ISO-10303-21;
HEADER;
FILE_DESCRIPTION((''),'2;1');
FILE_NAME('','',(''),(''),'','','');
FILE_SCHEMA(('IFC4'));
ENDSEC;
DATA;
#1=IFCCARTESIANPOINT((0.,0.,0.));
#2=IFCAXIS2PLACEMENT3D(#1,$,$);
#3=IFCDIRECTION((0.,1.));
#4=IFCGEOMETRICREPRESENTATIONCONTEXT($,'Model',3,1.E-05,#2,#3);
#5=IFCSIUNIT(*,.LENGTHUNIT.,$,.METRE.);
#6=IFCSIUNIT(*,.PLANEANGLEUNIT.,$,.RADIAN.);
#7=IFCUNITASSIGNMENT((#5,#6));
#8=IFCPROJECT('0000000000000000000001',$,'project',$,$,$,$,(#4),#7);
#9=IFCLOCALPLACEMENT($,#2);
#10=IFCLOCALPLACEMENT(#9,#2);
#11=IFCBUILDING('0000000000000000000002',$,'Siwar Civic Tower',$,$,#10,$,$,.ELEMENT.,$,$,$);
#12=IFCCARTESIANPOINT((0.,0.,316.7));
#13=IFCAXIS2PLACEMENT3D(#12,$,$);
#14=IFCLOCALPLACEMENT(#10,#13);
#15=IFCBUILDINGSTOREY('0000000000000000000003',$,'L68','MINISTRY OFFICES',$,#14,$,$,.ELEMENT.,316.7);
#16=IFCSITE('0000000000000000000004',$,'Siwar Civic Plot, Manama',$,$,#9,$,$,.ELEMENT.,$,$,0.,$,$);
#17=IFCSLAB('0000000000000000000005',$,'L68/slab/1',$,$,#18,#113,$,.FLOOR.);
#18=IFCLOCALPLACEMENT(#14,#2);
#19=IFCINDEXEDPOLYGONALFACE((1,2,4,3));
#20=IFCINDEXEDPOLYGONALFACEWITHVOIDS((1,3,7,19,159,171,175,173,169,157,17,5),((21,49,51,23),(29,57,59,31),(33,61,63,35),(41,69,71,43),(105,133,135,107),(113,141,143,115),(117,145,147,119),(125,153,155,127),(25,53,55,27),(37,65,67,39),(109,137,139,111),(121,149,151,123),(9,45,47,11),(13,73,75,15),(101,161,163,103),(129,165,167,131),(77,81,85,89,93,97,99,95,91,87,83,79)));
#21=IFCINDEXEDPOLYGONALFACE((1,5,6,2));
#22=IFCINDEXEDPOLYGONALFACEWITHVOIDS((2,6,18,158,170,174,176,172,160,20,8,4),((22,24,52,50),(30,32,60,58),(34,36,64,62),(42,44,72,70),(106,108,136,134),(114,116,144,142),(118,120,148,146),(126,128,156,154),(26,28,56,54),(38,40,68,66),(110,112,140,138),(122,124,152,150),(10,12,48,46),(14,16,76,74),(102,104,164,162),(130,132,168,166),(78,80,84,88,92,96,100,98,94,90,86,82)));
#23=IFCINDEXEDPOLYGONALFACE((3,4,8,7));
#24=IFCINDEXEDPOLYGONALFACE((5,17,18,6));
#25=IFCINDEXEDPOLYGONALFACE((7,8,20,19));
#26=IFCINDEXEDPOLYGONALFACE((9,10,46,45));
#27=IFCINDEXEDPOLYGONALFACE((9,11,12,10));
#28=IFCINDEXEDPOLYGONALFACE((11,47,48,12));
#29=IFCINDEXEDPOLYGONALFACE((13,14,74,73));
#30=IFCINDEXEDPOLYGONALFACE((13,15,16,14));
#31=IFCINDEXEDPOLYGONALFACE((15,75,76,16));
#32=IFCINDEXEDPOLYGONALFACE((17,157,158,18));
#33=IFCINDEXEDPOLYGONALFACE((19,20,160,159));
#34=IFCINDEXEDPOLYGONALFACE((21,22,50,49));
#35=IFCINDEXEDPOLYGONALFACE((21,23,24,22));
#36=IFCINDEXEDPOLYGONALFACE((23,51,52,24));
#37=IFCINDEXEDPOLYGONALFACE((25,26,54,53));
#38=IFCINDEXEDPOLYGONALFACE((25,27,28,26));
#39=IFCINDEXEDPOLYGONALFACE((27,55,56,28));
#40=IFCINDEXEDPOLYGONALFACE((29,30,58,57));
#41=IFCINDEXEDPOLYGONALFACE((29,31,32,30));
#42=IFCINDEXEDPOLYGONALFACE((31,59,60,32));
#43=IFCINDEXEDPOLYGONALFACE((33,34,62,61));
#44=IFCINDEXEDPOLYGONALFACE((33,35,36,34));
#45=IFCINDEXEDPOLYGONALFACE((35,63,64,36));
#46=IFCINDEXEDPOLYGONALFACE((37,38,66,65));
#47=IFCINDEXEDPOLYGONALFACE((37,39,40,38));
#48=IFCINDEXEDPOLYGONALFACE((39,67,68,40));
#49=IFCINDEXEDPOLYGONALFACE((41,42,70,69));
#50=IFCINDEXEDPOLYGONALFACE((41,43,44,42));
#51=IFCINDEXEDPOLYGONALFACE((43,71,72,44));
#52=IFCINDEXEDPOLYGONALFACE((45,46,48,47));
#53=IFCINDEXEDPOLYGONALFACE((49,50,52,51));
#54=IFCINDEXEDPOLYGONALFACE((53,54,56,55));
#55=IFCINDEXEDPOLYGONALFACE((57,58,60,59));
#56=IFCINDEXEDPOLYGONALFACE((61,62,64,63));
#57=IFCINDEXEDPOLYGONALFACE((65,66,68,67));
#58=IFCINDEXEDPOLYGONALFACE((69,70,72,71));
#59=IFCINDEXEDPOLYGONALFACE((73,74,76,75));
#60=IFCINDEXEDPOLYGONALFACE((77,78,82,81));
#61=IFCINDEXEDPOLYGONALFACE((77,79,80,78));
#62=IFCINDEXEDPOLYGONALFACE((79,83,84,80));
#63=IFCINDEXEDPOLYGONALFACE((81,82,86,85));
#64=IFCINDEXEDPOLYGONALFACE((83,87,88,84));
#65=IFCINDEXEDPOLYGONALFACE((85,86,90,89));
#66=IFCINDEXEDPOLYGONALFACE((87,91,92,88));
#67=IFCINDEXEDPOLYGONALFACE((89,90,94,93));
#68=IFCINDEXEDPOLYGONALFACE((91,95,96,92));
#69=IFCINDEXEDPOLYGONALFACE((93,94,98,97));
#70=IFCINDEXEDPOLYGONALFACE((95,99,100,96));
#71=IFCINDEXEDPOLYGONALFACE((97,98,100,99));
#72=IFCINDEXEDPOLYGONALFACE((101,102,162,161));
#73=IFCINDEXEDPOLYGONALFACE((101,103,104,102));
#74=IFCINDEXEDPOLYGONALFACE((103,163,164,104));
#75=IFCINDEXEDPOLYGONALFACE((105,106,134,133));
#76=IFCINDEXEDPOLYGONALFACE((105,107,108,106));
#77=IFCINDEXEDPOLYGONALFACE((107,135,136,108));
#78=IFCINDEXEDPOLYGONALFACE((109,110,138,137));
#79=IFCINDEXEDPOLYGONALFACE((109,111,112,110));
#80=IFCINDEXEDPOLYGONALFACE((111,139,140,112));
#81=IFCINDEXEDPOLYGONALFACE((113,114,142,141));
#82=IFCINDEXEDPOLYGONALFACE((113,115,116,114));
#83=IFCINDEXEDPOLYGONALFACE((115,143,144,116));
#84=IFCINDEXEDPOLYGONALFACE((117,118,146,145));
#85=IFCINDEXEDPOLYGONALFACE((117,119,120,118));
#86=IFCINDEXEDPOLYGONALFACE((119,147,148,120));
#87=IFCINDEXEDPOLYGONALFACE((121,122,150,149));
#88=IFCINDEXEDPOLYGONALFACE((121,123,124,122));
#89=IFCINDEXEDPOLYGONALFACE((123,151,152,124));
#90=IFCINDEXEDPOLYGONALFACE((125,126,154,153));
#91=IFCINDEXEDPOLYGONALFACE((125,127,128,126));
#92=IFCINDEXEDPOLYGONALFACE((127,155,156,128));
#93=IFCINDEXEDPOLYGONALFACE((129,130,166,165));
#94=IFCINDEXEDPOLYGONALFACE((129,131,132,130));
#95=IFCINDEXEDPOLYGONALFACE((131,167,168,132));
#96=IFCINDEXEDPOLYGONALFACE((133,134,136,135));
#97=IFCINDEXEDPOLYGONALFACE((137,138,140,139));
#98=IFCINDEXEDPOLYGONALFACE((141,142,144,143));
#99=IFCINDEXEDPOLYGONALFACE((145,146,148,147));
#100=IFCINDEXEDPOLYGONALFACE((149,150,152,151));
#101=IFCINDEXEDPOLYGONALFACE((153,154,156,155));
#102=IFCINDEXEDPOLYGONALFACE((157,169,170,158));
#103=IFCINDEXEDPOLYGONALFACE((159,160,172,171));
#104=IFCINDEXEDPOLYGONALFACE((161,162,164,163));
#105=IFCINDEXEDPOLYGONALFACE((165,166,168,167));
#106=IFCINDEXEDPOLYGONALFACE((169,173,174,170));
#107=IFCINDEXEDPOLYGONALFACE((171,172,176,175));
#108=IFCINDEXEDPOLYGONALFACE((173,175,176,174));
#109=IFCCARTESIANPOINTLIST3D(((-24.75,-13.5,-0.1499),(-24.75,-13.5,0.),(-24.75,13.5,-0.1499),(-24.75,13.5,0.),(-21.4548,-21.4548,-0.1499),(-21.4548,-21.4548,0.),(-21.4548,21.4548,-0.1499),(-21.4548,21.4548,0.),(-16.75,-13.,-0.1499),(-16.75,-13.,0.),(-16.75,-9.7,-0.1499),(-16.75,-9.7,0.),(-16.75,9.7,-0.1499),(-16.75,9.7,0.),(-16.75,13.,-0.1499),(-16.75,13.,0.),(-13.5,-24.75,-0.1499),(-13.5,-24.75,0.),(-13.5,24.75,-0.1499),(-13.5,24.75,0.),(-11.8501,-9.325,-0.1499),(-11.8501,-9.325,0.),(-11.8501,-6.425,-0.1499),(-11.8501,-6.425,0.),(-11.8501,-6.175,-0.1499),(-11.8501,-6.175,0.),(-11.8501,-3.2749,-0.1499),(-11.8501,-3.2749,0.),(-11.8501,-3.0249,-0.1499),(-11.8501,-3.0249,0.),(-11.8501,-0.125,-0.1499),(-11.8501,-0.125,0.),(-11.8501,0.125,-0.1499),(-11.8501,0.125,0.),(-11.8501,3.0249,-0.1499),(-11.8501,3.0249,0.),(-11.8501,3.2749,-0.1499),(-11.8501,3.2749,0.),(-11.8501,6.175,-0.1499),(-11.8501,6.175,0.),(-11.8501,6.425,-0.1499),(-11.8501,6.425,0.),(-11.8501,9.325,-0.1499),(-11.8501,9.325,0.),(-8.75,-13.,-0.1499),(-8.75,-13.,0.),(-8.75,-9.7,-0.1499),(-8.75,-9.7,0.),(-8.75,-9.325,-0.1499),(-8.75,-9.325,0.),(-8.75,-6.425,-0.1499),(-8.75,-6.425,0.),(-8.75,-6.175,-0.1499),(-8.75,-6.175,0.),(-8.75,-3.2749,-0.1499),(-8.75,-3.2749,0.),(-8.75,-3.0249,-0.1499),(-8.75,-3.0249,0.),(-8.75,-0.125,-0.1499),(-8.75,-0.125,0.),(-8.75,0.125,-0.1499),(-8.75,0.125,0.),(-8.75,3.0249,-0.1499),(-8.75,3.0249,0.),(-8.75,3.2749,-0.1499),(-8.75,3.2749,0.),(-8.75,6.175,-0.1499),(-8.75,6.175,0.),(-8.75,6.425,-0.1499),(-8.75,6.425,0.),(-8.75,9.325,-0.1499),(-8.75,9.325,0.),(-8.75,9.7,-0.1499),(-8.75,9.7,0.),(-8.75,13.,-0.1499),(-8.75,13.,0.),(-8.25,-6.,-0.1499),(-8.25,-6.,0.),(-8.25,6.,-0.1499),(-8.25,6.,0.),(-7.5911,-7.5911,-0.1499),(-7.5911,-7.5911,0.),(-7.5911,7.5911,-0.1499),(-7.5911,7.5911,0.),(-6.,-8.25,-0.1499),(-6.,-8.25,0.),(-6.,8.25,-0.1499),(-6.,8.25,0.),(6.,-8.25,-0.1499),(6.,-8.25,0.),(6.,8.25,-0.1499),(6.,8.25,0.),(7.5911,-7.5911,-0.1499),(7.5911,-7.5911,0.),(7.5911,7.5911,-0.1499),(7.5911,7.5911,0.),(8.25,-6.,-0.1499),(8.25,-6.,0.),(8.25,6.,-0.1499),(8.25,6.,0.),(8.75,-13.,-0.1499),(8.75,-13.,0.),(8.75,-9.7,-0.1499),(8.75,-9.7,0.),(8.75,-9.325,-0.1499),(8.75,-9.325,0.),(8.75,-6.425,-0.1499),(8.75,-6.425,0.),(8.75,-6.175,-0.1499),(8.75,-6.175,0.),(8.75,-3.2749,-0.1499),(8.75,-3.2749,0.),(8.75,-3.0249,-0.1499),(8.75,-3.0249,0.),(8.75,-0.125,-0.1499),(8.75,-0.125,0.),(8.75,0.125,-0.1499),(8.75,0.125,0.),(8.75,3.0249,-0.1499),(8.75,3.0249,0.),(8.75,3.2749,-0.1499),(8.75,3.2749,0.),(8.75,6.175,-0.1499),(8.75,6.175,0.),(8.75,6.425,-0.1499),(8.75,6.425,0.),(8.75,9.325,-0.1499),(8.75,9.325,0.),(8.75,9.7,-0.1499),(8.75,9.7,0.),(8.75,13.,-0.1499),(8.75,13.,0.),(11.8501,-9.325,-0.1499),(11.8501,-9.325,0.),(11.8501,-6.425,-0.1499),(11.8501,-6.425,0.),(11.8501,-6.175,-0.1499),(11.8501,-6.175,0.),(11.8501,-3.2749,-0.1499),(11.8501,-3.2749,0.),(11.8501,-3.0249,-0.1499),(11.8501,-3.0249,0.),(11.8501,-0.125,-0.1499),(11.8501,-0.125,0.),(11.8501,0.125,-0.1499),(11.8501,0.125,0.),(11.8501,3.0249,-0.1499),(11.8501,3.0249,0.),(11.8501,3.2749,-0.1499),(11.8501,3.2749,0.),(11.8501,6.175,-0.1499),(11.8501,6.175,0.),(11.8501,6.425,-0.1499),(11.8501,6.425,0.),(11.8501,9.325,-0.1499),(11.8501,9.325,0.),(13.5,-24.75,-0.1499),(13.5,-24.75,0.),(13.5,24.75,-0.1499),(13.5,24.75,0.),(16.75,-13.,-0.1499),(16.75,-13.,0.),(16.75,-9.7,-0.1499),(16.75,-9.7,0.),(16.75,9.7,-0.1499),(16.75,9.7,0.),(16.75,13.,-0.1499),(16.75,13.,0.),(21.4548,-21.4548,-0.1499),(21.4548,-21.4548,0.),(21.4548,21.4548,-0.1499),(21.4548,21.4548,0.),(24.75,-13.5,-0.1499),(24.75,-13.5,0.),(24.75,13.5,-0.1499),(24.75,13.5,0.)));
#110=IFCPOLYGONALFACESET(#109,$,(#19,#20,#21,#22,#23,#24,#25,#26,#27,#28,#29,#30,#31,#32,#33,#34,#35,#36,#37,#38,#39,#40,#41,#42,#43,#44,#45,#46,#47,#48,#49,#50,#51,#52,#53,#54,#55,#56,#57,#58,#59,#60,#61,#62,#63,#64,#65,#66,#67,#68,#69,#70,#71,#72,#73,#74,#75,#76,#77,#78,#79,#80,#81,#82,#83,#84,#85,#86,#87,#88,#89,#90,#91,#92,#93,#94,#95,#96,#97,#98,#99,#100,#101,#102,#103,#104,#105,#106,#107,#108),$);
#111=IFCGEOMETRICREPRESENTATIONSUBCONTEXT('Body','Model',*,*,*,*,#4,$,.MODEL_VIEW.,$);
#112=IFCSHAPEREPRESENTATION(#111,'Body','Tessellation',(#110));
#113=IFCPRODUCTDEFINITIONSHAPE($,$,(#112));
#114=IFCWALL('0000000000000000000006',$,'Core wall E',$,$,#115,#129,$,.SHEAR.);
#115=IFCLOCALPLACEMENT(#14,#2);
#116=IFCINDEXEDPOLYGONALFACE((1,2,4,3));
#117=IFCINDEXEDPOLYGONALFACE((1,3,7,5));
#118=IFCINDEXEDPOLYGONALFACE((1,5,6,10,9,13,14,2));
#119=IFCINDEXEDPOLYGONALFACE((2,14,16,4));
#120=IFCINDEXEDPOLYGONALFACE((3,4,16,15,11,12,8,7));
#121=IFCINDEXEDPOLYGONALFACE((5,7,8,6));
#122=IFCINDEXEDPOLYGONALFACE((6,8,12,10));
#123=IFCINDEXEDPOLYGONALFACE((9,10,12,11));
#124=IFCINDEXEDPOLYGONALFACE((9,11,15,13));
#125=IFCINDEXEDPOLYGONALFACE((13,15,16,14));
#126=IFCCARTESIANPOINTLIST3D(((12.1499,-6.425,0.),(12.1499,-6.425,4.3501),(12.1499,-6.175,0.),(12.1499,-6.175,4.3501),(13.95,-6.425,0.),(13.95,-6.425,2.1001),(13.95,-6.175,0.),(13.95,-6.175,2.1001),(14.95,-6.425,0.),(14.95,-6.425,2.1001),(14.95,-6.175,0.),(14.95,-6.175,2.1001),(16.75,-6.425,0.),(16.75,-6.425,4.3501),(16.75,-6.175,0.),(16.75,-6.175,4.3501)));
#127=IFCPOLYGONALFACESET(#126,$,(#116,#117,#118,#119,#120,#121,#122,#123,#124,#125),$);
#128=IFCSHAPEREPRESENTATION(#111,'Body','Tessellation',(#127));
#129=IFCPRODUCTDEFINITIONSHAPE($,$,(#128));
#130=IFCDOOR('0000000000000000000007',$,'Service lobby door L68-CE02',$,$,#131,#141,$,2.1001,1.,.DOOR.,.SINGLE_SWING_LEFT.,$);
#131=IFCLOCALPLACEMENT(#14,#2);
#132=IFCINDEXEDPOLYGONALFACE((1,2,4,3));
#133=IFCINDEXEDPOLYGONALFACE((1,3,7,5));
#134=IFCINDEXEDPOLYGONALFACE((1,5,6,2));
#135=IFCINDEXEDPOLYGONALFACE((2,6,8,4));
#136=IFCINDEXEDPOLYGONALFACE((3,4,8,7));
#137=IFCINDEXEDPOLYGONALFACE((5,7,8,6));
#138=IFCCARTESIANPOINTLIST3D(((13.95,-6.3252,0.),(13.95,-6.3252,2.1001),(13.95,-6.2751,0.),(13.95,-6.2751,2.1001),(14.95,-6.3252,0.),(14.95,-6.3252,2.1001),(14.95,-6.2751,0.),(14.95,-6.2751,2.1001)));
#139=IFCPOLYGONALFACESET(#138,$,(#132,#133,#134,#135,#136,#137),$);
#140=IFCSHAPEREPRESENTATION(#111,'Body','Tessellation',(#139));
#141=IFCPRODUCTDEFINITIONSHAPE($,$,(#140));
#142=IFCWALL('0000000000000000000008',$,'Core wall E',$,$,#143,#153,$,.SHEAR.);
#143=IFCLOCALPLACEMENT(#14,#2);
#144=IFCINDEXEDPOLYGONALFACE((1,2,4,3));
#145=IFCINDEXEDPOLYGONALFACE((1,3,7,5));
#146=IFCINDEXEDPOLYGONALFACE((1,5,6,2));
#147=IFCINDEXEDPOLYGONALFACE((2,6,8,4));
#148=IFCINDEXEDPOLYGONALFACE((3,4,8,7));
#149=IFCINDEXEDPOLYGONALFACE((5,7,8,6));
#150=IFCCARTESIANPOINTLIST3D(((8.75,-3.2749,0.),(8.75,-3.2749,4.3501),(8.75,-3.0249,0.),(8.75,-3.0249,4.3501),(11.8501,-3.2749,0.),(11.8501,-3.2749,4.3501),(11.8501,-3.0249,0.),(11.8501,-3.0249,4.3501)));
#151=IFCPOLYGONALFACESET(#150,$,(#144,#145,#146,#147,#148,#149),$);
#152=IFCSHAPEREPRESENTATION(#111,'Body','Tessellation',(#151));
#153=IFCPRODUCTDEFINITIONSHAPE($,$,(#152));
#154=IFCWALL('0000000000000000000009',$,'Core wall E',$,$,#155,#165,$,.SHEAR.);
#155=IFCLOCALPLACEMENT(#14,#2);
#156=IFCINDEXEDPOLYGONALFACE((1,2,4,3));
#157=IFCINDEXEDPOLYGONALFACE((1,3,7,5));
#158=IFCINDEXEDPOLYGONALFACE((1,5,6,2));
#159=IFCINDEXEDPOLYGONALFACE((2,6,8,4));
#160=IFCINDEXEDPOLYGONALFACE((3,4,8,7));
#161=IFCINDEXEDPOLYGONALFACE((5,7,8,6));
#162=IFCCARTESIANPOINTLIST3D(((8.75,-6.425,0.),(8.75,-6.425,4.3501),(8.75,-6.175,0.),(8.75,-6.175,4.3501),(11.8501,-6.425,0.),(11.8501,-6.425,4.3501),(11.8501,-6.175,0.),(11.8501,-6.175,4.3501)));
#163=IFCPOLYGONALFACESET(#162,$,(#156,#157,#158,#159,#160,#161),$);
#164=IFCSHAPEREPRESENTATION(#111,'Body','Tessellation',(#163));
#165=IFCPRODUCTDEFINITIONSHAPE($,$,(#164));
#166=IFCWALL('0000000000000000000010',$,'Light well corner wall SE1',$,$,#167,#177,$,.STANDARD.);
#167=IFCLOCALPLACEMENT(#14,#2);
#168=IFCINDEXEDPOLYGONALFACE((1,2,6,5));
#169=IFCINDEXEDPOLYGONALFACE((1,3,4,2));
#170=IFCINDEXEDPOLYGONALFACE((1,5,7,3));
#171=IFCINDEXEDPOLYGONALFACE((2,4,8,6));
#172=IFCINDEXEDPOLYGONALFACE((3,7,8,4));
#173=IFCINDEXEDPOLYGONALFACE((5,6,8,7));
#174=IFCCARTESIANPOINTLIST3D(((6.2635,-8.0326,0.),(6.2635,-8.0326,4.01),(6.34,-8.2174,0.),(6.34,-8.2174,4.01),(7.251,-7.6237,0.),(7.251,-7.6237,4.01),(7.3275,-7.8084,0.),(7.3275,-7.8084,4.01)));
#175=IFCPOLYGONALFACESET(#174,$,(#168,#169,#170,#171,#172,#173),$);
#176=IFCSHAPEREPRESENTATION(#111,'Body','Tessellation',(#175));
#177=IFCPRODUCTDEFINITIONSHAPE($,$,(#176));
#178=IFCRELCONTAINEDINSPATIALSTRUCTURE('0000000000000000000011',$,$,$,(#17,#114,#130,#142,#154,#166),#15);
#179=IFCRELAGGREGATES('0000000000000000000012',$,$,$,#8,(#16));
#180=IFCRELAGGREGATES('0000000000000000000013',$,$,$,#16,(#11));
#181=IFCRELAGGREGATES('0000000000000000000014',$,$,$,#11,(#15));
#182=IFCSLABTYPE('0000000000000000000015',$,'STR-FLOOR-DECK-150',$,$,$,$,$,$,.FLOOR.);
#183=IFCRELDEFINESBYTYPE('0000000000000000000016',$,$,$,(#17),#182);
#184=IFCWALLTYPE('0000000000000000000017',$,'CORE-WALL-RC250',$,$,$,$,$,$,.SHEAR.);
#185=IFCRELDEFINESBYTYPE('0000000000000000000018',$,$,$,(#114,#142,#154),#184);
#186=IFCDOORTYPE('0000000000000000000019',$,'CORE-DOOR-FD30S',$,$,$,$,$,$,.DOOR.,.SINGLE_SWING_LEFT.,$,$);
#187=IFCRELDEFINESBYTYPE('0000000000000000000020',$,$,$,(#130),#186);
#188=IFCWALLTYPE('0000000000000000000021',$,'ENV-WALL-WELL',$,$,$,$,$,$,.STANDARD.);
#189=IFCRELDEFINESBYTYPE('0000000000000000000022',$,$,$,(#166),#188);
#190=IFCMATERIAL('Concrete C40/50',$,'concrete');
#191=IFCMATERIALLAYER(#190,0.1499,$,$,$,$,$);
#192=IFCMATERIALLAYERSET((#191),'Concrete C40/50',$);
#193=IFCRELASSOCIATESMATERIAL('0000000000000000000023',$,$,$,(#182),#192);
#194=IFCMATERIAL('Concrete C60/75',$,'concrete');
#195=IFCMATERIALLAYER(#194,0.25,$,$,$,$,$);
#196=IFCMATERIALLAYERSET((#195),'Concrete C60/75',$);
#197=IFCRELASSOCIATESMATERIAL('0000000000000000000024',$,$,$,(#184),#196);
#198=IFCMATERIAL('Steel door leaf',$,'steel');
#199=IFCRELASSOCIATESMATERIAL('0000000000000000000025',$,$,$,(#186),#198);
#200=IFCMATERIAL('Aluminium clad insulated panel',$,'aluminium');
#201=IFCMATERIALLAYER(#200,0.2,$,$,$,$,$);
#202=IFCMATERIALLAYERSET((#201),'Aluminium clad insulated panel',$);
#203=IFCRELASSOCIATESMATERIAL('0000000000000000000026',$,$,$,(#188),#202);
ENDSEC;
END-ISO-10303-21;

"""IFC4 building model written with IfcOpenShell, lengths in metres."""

from ifc_helpers import new_model, si_unit, direction, frame, frame_2d, origin, place, context, subcontext, project, spatial, polyline, rectangle, outline, extrude, material, layer, layer_set, type_object, element, fill, save


model = new_model("IFC4")

# Units and contexts
model_context = context("Model", 3, precision=1e-05, world=origin(), true_north=direction((0.0, 1.0)))
body_context = subcontext(model_context, "Body", "Model", "MODEL_VIEW")
ifc_project = project(units=[si_unit("LENGTHUNIT", "METRE"), si_unit("PLANEANGLEUNIT", "RADIAN")], contexts=[model_context])

# Site, building, storey
site_placement = place(None, origin())
site = spatial("IfcSite", under=ifc_project, at=site_placement, Name="Siwar Civic Plot, Manama", CompositionType="ELEMENT", RefElevation=0.0)
building_placement = place(site_placement, origin())
building = spatial("IfcBuilding", under=site, at=building_placement, Name="Siwar Civic Tower", CompositionType="ELEMENT")
storey_placement = place(building_placement, frame((0.0, 0.0, 316.7)))
storey = spatial("IfcBuildingStorey", under=building, at=storey_placement, Name="L68", Description="MINISTRY OFFICES", CompositionType="ELEMENT", Elevation=316.7)

# Slab
ifc_material_1 = material(Name="Concrete C40/50", Category="concrete")
ifc_layer_1 = layer(ifc_material_1, 0.1499)
ifc_layer_set_1 = layer_set([ifc_layer_1], Name="Concrete C40/50")
slab_type_1 = type_object("IfcSlabType", Name="STR-FLOOR-DECK-150", PredefinedType="FLOOR", material=ifc_layer_set_1)
slab_1_placement = place(storey_placement, frame((0.0, 0.0, -0.1499)))
element("IfcSlab", 1, at=slab_1_placement, inside=storey, type_object=slab_type_1, Name="L68/slab/1", PredefinedType="FLOOR", context=body_context, shape_type="SweptSolid", body=[
    extrude(outline(polyline([(-13.5, -24.75), (13.5, -24.75), (21.4548, -21.4548), (24.75, -13.5), (24.75, 13.5), (21.4548, 21.4548), (13.5, 24.75), (-13.5, 24.75), (-21.4548, 21.4548), (-24.75, 13.5), (-24.75, -13.5), (-21.4548, -21.4548), (-13.5, -24.75)]), holes=[polyline([(16.75, 13.0), (16.75, 9.7), (8.75, 9.7), (8.75, 13.0), (16.75, 13.0)]), polyline([(8.75, -9.7), (16.75, -9.7), (16.75, -13.0), (8.75, -13.0), (8.75, -9.7)]), polyline([(11.8501, 9.325), (11.8501, 6.425), (8.75, 6.425), (8.75, 9.325), (11.8501, 9.325)]), polyline([(8.75, 6.175), (11.8501, 6.175), (11.8501, 3.2749), (8.75, 3.2749), (8.75, 6.175)]), polyline([(8.75, 3.0249), (11.8501, 3.0249), (11.8501, 0.125), (8.75, 0.125), (8.75, 3.0249)]), polyline([(8.75, -0.125), (11.8501, -0.125), (11.8501, -3.0249), (8.75, -3.0249), (8.75, -0.125)]), polyline([(8.75, -3.2749), (11.8501, -3.2749), (11.8501, -6.175), (8.75, -6.175), (8.75, -3.2749)]), polyline([(8.75, -6.425), (11.8501, -6.425), (11.8501, -9.325), (8.75, -9.325), (8.75, -6.425)]), polyline([(-6.0, 8.25), (6.0, 8.25), (7.5911, 7.5911), (8.25, 6.0), (8.25, -6.0), (7.5911, -7.5911), (6.0, -8.25), (-6.0, -8.25), (-7.5911, -7.5911), (-8.25, -6.0), (-8.25, 6.0), (-7.5911, 7.5911), (-6.0, 8.25)]), polyline([(-8.75, -13.0), (-16.75, -13.0), (-16.75, -9.7), (-8.75, -9.7), (-8.75, -13.0)]), polyline([(-8.75, 9.7), (-16.75, 9.7), (-16.75, 13.0), (-8.75, 13.0), (-8.75, 9.7)]), polyline([(-8.75, 6.425), (-11.8501, 6.425), (-11.8501, 9.325), (-8.75, 9.325), (-8.75, 6.425)]), polyline([(-8.75, 3.2749), (-11.8501, 3.2749), (-11.8501, 6.175), (-8.75, 6.175), (-8.75, 3.2749)]), polyline([(-8.75, 0.125), (-11.8501, 0.125), (-11.8501, 3.0249), (-8.75, 3.0249), (-8.75, 0.125)]), polyline([(-8.75, -3.0249), (-11.8501, -3.0249), (-11.8501, -0.125), (-8.75, -0.125), (-8.75, -3.0249)]), polyline([(-8.75, -6.175), (-11.8501, -6.175), (-11.8501, -3.2749), (-8.75, -3.2749), (-8.75, -6.175)]), polyline([(-8.75, -9.325), (-11.8501, -9.325), (-11.8501, -6.425), (-8.75, -6.425), (-8.75, -9.325)])]), origin(), (0.0, 0.0, 1.0), 0.1499),
])

# Wall, opening, door
ifc_material_2 = material(Name="Concrete C60/75", Category="concrete")
ifc_layer_2 = layer(ifc_material_2, 0.25)
ifc_layer_set_2 = layer_set([ifc_layer_2], Name="Concrete C60/75")
wall_type_1 = type_object("IfcWallType", Name="CORE-WALL-RC250", PredefinedType="SHEAR", material=ifc_layer_set_2)
wall_1_placement = place(storey_placement, frame((12.1499, -6.3, 0.0), z_axis=(0.0, 0.0, 1.0), x_axis=(1.0, 0.0, 0.0)))
wall_1 = element("IfcWall", 2, at=wall_1_placement, inside=storey, type_object=wall_type_1, Name="Core wall E", PredefinedType="SHEAR", context=body_context, shape_type="SweptSolid", body=[
    extrude(rectangle(XDim=4.6001, YDim=0.25, at=frame_2d((2.3, 0.0))), origin(), (0.0, 0.0, 1.0), 4.3501),
])
opening_placement = place(wall_1_placement, frame((1.8, 0.0, 0.0)))
opening = element("IfcOpeningElement", 3, at=opening_placement, cuts=wall_1, PredefinedType="OPENING", context=body_context, shape_type="SweptSolid", body=[
    extrude(rectangle(XDim=1.0, YDim=2.1001, at=frame_2d((0.5, 1.05))), frame((0.0, 0.135, 0.0), z_axis=(0.0, -1.0, 0.0), x_axis=(1.0, 0.0, 0.0)), (0.0, 0.0, 1.0), 0.27),
])
ifc_material_3 = material(Name="Steel door leaf", Category="steel")
door_type = type_object("IfcDoorType", Name="CORE-DOOR-FD30S", OperationType="SINGLE_SWING_LEFT", PredefinedType="DOOR", material=ifc_material_3)
door_placement = place(opening_placement, origin())
door = element("IfcDoor", 4, at=door_placement, inside=storey, type_object=door_type, Name="Service lobby door L68-CE02", OperationType="SINGLE_SWING_LEFT", OverallHeight=2.1001, OverallWidth=1.0, PredefinedType="DOOR", context=body_context, shape_type="SweptSolid", body=[
    extrude(rectangle(XDim=1.0, YDim=2.1001, at=frame_2d((0.5, 1.05))), frame((0.0, 0.0249, 0.0), z_axis=(0.0, -1.0, 0.0), x_axis=(1.0, 0.0, 0.0)), (0.0, 0.0, 1.0), 0.05),
])
fill(opening, door)

# Walls
for number, where, z_axis, x_axis, name in (
    (5, (8.75, -3.1499, 0.0), (0.0, 0.0, 1.0), (1.0, 0.0, 0.0), "Core wall E"),
    (6, (8.75, -6.3, 0.0), (0.0, 0.0, 1.0), (1.0, 0.0, 0.0), "Core wall E"),
):
    element("IfcWall", number, at=place(storey_placement, frame(where, z_axis=z_axis, x_axis=x_axis)), inside=storey, type_object=wall_type_1, Name=name, PredefinedType="SHEAR", context=body_context, shape_type="SweptSolid", body=[
        extrude(rectangle(XDim=3.1001, YDim=0.25, at=frame_2d((1.55, 0.0))), origin(), (0.0, 0.0, 1.0), 4.3501),
    ])
ifc_material_4 = material(Name="Aluminium clad insulated panel", Category="aluminium")
ifc_layer_3 = layer(ifc_material_4, 0.2)
ifc_layer_set_3 = layer_set([ifc_layer_3], Name="Aluminium clad insulated panel")
wall_type_2 = type_object("IfcWallType", Name="ENV-WALL-WELL", PredefinedType="STANDARD", material=ifc_layer_set_3)
wall_2_placement = place(storey_placement, frame((6.3018, -8.125, 0.0), z_axis=(0.0, 0.0, 1.0), x_axis=(0.923919, 0.382587, 0.0)))
element("IfcWall", 7, at=wall_2_placement, inside=storey, type_object=wall_type_2, Name="Light well corner wall SE1", PredefinedType="STANDARD", context=body_context, shape_type="SweptSolid", body=[
    extrude(rectangle(XDim=1.0688, YDim=0.2, at=frame_2d((0.5344, 0.0))), origin(), (0.0, 0.0, 1.0), 4.01),
])

save(model, "model.ifc")
